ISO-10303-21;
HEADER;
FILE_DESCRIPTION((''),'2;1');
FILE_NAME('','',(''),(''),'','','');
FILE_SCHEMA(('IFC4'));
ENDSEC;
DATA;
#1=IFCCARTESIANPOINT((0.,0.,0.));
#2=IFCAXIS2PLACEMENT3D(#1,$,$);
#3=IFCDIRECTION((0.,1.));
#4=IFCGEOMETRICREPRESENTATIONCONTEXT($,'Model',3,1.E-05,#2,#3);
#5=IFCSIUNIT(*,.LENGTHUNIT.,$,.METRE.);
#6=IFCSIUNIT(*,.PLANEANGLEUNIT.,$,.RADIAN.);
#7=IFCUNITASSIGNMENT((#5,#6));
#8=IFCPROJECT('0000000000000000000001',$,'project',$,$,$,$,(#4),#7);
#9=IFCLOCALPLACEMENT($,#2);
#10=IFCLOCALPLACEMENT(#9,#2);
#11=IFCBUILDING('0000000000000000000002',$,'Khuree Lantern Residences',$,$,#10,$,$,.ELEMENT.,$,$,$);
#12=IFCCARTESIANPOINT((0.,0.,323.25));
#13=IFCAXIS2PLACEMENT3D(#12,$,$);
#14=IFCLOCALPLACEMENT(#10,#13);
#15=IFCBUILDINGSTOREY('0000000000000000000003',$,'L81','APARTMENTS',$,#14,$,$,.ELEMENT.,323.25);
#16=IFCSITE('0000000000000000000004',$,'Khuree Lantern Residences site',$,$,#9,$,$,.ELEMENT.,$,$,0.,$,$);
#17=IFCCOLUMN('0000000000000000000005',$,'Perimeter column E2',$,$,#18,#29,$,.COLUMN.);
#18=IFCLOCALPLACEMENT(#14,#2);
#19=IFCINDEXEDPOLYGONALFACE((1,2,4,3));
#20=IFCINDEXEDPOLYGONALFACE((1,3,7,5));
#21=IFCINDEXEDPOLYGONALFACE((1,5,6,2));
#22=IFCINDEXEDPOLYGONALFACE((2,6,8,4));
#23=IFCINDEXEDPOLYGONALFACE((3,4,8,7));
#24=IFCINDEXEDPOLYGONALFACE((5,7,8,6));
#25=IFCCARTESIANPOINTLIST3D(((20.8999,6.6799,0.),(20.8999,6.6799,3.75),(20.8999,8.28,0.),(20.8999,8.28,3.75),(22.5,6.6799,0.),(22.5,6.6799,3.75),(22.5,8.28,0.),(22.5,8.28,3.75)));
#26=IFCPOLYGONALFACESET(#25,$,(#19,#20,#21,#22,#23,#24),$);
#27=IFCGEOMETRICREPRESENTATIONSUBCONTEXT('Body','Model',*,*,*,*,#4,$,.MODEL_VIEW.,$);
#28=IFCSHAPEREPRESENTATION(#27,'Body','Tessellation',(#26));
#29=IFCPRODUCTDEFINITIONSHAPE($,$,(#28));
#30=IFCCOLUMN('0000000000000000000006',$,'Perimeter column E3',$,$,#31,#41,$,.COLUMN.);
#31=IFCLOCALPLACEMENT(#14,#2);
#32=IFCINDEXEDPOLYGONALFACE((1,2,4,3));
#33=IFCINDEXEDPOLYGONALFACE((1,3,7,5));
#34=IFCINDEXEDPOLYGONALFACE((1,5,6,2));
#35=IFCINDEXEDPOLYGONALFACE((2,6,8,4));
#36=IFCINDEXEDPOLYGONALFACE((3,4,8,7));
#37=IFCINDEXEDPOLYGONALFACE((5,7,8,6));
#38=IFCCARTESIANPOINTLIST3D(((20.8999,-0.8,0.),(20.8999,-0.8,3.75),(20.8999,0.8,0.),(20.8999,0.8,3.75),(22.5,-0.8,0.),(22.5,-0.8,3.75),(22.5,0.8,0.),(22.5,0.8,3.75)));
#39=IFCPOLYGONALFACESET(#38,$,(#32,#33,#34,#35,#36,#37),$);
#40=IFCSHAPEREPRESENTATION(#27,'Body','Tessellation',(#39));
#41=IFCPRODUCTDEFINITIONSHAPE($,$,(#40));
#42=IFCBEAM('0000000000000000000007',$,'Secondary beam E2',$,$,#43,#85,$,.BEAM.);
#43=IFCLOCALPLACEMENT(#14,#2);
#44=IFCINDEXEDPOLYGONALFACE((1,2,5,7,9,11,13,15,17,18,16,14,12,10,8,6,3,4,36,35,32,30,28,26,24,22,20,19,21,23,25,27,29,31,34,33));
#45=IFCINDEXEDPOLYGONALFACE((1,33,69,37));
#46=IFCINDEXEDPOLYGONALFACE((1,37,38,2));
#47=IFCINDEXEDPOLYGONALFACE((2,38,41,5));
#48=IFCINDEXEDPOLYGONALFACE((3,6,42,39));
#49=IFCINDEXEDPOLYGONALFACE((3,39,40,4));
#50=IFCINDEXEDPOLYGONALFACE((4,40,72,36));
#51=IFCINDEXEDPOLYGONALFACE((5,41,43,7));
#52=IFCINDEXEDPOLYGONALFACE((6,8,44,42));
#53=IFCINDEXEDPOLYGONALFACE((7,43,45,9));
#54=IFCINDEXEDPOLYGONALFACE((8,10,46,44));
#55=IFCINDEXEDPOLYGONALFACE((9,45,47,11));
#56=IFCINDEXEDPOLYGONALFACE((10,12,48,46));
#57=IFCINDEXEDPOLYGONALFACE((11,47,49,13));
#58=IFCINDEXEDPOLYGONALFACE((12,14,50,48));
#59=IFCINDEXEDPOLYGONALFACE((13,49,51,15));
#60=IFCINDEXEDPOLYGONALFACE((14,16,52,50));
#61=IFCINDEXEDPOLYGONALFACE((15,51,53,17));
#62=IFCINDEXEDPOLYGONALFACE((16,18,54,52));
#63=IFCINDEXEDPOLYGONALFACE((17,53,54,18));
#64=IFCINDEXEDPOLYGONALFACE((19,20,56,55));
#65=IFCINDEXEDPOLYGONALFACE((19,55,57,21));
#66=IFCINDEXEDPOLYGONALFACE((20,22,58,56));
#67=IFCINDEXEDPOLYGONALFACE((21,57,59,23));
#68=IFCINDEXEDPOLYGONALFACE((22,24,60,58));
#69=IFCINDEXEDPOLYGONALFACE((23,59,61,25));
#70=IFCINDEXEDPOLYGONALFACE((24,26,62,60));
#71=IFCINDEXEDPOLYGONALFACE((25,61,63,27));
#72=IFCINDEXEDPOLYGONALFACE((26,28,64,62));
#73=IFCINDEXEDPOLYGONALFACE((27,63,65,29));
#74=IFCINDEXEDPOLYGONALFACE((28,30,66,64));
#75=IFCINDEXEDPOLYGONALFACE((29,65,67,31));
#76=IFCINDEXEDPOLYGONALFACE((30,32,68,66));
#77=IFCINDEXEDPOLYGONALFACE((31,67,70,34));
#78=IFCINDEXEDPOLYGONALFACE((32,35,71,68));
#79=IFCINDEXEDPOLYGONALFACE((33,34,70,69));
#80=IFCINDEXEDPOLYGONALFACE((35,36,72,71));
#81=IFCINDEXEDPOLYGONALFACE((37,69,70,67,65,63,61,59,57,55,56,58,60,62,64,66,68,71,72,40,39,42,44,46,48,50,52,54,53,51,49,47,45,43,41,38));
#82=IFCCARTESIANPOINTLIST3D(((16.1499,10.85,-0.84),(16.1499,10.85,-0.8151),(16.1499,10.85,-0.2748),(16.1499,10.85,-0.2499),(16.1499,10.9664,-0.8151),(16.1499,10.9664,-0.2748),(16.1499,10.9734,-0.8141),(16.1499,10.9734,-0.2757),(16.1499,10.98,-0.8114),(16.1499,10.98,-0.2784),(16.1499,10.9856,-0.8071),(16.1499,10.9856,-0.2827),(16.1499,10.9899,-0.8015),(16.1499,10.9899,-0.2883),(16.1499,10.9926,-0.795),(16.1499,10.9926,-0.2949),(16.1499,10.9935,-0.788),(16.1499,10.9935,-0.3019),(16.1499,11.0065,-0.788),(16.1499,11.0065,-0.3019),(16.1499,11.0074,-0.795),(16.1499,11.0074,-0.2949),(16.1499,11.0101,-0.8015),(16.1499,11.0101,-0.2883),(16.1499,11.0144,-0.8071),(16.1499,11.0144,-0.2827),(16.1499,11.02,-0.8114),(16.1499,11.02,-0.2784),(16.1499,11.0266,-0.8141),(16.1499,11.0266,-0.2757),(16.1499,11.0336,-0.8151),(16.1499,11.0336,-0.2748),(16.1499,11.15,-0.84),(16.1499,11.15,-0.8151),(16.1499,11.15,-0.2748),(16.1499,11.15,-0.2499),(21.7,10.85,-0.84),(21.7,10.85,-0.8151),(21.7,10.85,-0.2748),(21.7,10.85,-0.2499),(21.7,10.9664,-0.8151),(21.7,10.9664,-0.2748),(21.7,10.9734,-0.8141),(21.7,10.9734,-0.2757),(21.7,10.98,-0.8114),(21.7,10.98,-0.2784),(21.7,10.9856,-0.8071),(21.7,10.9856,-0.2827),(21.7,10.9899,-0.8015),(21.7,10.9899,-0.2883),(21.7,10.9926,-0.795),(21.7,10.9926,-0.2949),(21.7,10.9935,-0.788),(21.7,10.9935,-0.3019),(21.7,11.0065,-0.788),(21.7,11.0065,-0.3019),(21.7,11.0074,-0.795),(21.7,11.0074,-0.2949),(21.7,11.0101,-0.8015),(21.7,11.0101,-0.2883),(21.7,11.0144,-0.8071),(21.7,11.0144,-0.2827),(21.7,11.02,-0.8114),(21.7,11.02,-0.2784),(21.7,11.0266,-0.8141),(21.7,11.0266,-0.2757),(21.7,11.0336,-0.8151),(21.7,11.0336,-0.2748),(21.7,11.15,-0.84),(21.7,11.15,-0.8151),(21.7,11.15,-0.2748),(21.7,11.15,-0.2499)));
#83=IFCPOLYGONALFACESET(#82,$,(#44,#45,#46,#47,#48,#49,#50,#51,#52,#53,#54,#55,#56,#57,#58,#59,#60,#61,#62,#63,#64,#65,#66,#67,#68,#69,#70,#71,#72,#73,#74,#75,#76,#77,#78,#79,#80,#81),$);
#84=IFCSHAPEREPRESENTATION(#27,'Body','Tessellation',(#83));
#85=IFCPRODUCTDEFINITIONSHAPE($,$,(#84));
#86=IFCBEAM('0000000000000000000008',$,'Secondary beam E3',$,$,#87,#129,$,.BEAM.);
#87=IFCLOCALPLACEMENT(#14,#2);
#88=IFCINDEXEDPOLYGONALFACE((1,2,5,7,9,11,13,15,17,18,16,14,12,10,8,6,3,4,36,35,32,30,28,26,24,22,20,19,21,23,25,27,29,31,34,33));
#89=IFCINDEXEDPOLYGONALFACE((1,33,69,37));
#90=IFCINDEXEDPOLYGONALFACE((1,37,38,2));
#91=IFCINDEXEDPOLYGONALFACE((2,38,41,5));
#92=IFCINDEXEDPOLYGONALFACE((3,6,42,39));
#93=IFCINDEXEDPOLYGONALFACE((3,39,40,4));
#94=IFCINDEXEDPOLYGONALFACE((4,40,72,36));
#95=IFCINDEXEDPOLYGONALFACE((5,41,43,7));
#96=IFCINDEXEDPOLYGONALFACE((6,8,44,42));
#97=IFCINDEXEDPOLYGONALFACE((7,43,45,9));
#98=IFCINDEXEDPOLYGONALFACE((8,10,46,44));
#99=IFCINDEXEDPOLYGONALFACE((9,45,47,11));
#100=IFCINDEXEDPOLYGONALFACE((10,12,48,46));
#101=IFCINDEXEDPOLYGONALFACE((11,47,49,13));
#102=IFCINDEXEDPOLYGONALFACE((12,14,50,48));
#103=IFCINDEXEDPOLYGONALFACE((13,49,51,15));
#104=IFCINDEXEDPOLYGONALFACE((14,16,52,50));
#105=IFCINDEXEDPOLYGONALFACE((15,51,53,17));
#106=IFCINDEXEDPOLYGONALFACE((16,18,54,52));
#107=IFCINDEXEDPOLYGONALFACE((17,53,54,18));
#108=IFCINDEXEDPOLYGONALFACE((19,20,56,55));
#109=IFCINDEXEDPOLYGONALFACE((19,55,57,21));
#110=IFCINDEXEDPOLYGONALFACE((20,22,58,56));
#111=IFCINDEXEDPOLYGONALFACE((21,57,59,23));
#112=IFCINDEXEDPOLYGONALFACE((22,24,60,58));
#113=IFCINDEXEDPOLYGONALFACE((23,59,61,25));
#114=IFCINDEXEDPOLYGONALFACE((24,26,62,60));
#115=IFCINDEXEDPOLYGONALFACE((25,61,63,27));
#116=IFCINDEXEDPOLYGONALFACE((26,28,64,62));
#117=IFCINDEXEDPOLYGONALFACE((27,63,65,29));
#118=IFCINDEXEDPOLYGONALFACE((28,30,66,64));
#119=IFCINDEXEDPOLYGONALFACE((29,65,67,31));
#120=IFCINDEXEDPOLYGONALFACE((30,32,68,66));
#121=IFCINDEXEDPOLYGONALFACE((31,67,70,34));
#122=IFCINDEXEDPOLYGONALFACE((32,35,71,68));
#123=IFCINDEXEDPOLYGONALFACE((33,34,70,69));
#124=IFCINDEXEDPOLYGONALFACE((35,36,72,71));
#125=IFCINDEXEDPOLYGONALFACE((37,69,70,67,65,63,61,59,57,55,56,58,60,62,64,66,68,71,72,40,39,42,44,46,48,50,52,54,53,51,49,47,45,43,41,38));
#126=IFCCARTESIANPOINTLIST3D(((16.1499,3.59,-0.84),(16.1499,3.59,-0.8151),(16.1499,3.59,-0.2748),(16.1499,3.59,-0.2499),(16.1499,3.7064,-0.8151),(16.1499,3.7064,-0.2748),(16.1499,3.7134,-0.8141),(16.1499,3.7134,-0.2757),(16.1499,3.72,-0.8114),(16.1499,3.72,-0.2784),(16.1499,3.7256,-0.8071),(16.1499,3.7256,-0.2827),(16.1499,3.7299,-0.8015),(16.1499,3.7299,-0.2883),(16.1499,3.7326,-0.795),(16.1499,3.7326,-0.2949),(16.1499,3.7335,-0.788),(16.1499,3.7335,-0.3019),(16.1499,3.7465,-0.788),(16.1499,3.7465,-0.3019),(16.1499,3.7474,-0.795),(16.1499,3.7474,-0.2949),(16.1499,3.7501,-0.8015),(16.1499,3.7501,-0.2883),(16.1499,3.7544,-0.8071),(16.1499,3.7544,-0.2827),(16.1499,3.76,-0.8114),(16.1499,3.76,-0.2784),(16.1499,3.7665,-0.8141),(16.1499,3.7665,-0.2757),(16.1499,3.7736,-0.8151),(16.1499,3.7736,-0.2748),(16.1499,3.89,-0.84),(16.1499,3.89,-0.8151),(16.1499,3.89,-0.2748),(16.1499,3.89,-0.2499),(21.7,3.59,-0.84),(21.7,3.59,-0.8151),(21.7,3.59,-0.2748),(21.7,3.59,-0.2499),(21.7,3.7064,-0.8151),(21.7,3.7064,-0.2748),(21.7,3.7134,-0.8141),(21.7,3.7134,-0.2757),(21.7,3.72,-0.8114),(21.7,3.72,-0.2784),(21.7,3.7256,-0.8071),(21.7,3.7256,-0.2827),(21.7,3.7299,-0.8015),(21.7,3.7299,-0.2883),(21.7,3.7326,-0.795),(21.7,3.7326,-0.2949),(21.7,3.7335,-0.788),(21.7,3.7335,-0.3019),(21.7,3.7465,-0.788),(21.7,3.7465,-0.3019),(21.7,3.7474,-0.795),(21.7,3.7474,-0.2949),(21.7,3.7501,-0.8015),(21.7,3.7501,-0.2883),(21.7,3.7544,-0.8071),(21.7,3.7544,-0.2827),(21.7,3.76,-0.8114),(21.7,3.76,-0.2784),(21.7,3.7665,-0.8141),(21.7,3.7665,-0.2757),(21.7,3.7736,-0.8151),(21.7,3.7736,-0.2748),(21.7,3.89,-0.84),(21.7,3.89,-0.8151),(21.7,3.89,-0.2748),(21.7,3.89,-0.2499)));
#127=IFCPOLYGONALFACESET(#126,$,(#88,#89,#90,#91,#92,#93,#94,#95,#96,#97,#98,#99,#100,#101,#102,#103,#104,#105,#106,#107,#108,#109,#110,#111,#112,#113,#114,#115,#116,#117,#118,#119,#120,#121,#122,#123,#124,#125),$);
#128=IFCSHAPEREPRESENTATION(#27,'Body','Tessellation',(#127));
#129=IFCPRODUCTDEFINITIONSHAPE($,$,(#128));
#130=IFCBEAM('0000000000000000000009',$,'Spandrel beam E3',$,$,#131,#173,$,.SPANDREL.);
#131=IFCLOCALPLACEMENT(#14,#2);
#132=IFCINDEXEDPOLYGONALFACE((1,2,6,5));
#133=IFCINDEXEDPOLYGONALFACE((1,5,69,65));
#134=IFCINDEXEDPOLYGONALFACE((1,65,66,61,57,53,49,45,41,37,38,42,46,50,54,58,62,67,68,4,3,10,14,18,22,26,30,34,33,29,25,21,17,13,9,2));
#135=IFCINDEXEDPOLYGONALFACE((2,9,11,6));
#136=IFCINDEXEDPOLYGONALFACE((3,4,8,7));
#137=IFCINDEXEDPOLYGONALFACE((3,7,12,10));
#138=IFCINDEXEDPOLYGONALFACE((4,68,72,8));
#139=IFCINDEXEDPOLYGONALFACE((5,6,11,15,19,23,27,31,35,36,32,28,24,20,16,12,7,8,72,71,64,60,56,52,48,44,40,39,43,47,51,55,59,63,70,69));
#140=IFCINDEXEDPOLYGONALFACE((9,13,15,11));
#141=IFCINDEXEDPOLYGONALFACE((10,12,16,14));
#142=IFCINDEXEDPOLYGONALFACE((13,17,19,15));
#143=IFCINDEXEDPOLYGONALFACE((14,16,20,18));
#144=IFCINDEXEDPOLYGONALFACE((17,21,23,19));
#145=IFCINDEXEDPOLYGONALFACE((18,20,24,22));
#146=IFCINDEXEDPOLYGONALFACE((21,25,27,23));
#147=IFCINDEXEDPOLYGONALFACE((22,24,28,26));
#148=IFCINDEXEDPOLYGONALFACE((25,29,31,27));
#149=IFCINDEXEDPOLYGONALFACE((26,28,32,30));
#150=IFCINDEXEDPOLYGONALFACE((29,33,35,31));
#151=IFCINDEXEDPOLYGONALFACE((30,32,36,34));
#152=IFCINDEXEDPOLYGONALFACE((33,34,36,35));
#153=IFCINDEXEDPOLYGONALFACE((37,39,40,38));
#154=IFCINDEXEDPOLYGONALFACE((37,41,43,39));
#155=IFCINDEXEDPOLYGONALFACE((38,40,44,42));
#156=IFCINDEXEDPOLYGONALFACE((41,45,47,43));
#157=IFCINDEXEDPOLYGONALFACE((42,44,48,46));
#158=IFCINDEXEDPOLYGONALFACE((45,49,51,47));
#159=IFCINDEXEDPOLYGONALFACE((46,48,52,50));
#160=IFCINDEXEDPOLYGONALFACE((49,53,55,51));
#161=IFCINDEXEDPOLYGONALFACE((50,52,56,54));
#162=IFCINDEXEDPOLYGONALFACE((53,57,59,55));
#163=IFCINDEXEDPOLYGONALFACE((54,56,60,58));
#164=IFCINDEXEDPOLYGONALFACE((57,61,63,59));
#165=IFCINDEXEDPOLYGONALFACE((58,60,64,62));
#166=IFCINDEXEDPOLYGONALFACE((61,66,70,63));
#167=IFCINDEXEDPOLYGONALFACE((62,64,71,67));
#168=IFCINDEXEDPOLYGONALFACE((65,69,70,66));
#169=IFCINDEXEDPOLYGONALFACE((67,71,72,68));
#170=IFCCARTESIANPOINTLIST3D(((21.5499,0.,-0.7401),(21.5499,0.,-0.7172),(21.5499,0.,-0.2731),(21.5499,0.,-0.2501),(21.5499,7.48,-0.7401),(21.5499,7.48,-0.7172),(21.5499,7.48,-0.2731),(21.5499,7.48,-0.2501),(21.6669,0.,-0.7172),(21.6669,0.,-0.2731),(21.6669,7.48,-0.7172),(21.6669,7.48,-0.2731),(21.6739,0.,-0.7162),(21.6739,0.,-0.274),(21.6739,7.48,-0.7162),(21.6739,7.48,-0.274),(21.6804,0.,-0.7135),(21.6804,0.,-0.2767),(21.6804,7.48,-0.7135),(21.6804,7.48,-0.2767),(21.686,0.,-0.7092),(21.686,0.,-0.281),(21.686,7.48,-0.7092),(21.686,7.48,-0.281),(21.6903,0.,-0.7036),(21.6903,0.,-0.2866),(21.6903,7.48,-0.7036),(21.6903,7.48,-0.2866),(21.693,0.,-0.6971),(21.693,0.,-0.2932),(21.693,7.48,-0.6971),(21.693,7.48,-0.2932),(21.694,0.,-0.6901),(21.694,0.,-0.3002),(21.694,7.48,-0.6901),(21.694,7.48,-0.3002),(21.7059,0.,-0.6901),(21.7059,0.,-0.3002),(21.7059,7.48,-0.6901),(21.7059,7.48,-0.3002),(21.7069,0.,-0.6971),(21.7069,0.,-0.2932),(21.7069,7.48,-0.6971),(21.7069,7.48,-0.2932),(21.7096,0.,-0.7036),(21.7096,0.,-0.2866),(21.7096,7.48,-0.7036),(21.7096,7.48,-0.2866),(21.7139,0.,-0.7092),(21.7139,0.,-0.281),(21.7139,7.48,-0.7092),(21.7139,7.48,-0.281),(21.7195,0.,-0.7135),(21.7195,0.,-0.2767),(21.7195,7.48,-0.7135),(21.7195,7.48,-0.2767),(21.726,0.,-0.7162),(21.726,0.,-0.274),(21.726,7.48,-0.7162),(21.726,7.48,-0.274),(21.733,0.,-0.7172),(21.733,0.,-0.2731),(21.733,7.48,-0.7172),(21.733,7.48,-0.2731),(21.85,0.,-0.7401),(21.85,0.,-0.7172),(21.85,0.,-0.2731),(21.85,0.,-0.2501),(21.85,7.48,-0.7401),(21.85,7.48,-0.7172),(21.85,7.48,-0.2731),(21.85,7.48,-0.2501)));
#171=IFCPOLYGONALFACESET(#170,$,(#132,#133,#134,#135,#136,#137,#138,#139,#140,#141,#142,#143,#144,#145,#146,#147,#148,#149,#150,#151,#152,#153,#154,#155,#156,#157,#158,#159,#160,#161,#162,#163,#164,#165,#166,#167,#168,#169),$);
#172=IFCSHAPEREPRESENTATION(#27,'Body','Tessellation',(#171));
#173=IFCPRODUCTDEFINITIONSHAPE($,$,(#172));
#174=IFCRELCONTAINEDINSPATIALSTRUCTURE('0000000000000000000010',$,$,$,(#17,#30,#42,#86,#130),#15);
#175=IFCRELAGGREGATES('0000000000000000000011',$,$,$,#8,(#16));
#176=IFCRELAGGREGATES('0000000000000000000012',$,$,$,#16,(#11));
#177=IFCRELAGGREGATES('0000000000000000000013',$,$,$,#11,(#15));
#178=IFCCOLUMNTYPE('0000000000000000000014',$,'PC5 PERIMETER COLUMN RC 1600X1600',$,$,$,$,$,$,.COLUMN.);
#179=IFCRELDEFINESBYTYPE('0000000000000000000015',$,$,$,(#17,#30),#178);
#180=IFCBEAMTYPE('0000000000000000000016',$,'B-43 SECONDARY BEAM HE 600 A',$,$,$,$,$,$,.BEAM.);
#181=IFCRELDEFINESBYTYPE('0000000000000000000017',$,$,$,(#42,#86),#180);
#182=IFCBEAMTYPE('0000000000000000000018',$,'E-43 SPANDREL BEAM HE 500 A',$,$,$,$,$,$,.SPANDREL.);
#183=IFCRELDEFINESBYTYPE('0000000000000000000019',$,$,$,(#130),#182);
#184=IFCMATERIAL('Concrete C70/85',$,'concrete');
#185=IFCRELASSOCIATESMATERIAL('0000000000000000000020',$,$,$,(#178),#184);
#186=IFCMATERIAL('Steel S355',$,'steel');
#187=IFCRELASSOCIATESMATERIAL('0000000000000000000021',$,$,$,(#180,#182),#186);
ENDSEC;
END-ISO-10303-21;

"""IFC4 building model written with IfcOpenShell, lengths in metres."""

from ifc_helpers import new_model, si_unit, direction, frame, origin, origin_2d, place, context, subcontext, project, spatial, rectangle, i_section, extrude, material, material_profile, profile_set, type_object, element, save


model = new_model("IFC4")

# Units and contexts
model_context = context("Model", 3, precision=1e-05, world=origin(), true_north=direction((0.0, 1.0)))
body_context = subcontext(model_context, "Body", "Model", "MODEL_VIEW")
ifc_project = project(units=[si_unit("LENGTHUNIT", "METRE"), si_unit("PLANEANGLEUNIT", "RADIAN")], contexts=[model_context])

# Site, building, storey
site_placement = place(None, origin())
site = spatial("IfcSite", under=ifc_project, at=site_placement, Name="Khuree Lantern Residences site", CompositionType="ELEMENT", RefElevation=0.0)
building_placement = place(site_placement, origin())
building = spatial("IfcBuilding", under=site, at=building_placement, Name="Khuree Lantern Residences", CompositionType="ELEMENT")
storey_placement = place(building_placement, frame((0.0, 0.0, 323.25)))
storey = spatial("IfcBuildingStorey", under=building, at=storey_placement, Name="L81", Description="APARTMENTS", CompositionType="ELEMENT", Elevation=323.25)

# Columns
ifc_material_1 = material(Name="Concrete C70/85", Category="concrete")
ifc_material_profile_1 = material_profile(ifc_material_1, rectangle(XDim=1.6001, YDim=1.6001, at=origin_2d()), Name="RC 1600X1600")
ifc_profile_set_1 = profile_set([ifc_material_profile_1], Name="Concrete C70/85")
column_type = type_object("IfcColumnType", Name="PC5 PERIMETER COLUMN RC 1600X1600", PredefinedType="COLUMN", material=ifc_profile_set_1)
for number, where, z_axis, x_axis, name in (
    (1, (21.7, 7.48, 0.0), (0.0, 0.0, 1.0), (0.0, 1.0, 0.0), "Perimeter column E2"),
    (2, (21.7, 0.0, 0.0), (0.0, 0.0, 1.0), (0.0, 1.0, 0.0), "Perimeter column E3"),
):
    element("IfcColumn", number, at=place(storey_placement, frame(where, z_axis=z_axis, x_axis=x_axis)), inside=storey, type_object=column_type, Name=name, PredefinedType="COLUMN", context=body_context, shape_type="SweptSolid", body=[
        extrude(rectangle(XDim=1.6001, YDim=1.6001, at=origin_2d()), origin(), (0.0, 0.0, 1.0), 3.75),
    ])

# Beams
ifc_material_2 = material(Name="Steel S355", Category="steel")
ifc_material_profile_2 = material_profile(ifc_material_2, i_section(OverallWidth=0.3, OverallDepth=0.5901, WebThickness=0.0129, FlangeThickness=0.0249, FilletRadius=0.0271, at=origin_2d()), Name="HE 600 A")
ifc_profile_set_2 = profile_set([ifc_material_profile_2], Name="Steel S355")
beam_type_1 = type_object("IfcBeamType", Name="B-43 SECONDARY BEAM HE 600 A", PredefinedType="BEAM", material=ifc_profile_set_2)
for number, where, z_axis, x_axis, name in (
    (3, (21.7, 11.0, -0.5449), (-1.0, 0.0, 0.0), (0.0, -1.0, 0.0), "Secondary beam E2"),
    (4, (21.7, 3.74, -0.5449), (-1.0, 0.0, 0.0), (0.0, -1.0, 0.0), "Secondary beam E3"),
):
    element("IfcBeam", number, at=place(storey_placement, frame(where, z_axis=z_axis, x_axis=x_axis)), inside=storey, type_object=beam_type_1, Name=name, PredefinedType="BEAM", context=body_context, shape_type="SweptSolid", body=[
        extrude(i_section(OverallWidth=0.3, OverallDepth=0.5901, WebThickness=0.0129, FlangeThickness=0.0249, FilletRadius=0.0271, at=origin_2d()), origin(), (0.0, 0.0, 1.0), 5.55),
    ])
ifc_material_profile_3 = material_profile(ifc_material_2, i_section(OverallWidth=0.3, OverallDepth=0.49, WebThickness=0.012, FlangeThickness=0.0229, FilletRadius=0.0271, at=origin_2d()), Name="HE 500 A")
ifc_profile_set_3 = profile_set([ifc_material_profile_3], Name="Steel S355")
beam_type_2 = type_object("IfcBeamType", Name="E-43 SPANDREL BEAM HE 500 A", PredefinedType="SPANDREL", material=ifc_profile_set_3)
for number, where, z_axis, x_axis, name in (
    (5, (21.7, 7.48, -0.4951), (0.0, -1.0, 0.0), (1.0, 0.0, 0.0), "Spandrel beam E3"),
):
    element("IfcBeam", number, at=place(storey_placement, frame(where, z_axis=z_axis, x_axis=x_axis)), inside=storey, type_object=beam_type_2, Name=name, PredefinedType="SPANDREL", context=body_context, shape_type="SweptSolid", body=[
        extrude(i_section(OverallWidth=0.3, OverallDepth=0.49, WebThickness=0.012, FlangeThickness=0.0229, FilletRadius=0.0271, at=origin_2d()), origin(), (0.0, 0.0, 1.0), 7.48),
    ])

save(model, "model.ifc")
